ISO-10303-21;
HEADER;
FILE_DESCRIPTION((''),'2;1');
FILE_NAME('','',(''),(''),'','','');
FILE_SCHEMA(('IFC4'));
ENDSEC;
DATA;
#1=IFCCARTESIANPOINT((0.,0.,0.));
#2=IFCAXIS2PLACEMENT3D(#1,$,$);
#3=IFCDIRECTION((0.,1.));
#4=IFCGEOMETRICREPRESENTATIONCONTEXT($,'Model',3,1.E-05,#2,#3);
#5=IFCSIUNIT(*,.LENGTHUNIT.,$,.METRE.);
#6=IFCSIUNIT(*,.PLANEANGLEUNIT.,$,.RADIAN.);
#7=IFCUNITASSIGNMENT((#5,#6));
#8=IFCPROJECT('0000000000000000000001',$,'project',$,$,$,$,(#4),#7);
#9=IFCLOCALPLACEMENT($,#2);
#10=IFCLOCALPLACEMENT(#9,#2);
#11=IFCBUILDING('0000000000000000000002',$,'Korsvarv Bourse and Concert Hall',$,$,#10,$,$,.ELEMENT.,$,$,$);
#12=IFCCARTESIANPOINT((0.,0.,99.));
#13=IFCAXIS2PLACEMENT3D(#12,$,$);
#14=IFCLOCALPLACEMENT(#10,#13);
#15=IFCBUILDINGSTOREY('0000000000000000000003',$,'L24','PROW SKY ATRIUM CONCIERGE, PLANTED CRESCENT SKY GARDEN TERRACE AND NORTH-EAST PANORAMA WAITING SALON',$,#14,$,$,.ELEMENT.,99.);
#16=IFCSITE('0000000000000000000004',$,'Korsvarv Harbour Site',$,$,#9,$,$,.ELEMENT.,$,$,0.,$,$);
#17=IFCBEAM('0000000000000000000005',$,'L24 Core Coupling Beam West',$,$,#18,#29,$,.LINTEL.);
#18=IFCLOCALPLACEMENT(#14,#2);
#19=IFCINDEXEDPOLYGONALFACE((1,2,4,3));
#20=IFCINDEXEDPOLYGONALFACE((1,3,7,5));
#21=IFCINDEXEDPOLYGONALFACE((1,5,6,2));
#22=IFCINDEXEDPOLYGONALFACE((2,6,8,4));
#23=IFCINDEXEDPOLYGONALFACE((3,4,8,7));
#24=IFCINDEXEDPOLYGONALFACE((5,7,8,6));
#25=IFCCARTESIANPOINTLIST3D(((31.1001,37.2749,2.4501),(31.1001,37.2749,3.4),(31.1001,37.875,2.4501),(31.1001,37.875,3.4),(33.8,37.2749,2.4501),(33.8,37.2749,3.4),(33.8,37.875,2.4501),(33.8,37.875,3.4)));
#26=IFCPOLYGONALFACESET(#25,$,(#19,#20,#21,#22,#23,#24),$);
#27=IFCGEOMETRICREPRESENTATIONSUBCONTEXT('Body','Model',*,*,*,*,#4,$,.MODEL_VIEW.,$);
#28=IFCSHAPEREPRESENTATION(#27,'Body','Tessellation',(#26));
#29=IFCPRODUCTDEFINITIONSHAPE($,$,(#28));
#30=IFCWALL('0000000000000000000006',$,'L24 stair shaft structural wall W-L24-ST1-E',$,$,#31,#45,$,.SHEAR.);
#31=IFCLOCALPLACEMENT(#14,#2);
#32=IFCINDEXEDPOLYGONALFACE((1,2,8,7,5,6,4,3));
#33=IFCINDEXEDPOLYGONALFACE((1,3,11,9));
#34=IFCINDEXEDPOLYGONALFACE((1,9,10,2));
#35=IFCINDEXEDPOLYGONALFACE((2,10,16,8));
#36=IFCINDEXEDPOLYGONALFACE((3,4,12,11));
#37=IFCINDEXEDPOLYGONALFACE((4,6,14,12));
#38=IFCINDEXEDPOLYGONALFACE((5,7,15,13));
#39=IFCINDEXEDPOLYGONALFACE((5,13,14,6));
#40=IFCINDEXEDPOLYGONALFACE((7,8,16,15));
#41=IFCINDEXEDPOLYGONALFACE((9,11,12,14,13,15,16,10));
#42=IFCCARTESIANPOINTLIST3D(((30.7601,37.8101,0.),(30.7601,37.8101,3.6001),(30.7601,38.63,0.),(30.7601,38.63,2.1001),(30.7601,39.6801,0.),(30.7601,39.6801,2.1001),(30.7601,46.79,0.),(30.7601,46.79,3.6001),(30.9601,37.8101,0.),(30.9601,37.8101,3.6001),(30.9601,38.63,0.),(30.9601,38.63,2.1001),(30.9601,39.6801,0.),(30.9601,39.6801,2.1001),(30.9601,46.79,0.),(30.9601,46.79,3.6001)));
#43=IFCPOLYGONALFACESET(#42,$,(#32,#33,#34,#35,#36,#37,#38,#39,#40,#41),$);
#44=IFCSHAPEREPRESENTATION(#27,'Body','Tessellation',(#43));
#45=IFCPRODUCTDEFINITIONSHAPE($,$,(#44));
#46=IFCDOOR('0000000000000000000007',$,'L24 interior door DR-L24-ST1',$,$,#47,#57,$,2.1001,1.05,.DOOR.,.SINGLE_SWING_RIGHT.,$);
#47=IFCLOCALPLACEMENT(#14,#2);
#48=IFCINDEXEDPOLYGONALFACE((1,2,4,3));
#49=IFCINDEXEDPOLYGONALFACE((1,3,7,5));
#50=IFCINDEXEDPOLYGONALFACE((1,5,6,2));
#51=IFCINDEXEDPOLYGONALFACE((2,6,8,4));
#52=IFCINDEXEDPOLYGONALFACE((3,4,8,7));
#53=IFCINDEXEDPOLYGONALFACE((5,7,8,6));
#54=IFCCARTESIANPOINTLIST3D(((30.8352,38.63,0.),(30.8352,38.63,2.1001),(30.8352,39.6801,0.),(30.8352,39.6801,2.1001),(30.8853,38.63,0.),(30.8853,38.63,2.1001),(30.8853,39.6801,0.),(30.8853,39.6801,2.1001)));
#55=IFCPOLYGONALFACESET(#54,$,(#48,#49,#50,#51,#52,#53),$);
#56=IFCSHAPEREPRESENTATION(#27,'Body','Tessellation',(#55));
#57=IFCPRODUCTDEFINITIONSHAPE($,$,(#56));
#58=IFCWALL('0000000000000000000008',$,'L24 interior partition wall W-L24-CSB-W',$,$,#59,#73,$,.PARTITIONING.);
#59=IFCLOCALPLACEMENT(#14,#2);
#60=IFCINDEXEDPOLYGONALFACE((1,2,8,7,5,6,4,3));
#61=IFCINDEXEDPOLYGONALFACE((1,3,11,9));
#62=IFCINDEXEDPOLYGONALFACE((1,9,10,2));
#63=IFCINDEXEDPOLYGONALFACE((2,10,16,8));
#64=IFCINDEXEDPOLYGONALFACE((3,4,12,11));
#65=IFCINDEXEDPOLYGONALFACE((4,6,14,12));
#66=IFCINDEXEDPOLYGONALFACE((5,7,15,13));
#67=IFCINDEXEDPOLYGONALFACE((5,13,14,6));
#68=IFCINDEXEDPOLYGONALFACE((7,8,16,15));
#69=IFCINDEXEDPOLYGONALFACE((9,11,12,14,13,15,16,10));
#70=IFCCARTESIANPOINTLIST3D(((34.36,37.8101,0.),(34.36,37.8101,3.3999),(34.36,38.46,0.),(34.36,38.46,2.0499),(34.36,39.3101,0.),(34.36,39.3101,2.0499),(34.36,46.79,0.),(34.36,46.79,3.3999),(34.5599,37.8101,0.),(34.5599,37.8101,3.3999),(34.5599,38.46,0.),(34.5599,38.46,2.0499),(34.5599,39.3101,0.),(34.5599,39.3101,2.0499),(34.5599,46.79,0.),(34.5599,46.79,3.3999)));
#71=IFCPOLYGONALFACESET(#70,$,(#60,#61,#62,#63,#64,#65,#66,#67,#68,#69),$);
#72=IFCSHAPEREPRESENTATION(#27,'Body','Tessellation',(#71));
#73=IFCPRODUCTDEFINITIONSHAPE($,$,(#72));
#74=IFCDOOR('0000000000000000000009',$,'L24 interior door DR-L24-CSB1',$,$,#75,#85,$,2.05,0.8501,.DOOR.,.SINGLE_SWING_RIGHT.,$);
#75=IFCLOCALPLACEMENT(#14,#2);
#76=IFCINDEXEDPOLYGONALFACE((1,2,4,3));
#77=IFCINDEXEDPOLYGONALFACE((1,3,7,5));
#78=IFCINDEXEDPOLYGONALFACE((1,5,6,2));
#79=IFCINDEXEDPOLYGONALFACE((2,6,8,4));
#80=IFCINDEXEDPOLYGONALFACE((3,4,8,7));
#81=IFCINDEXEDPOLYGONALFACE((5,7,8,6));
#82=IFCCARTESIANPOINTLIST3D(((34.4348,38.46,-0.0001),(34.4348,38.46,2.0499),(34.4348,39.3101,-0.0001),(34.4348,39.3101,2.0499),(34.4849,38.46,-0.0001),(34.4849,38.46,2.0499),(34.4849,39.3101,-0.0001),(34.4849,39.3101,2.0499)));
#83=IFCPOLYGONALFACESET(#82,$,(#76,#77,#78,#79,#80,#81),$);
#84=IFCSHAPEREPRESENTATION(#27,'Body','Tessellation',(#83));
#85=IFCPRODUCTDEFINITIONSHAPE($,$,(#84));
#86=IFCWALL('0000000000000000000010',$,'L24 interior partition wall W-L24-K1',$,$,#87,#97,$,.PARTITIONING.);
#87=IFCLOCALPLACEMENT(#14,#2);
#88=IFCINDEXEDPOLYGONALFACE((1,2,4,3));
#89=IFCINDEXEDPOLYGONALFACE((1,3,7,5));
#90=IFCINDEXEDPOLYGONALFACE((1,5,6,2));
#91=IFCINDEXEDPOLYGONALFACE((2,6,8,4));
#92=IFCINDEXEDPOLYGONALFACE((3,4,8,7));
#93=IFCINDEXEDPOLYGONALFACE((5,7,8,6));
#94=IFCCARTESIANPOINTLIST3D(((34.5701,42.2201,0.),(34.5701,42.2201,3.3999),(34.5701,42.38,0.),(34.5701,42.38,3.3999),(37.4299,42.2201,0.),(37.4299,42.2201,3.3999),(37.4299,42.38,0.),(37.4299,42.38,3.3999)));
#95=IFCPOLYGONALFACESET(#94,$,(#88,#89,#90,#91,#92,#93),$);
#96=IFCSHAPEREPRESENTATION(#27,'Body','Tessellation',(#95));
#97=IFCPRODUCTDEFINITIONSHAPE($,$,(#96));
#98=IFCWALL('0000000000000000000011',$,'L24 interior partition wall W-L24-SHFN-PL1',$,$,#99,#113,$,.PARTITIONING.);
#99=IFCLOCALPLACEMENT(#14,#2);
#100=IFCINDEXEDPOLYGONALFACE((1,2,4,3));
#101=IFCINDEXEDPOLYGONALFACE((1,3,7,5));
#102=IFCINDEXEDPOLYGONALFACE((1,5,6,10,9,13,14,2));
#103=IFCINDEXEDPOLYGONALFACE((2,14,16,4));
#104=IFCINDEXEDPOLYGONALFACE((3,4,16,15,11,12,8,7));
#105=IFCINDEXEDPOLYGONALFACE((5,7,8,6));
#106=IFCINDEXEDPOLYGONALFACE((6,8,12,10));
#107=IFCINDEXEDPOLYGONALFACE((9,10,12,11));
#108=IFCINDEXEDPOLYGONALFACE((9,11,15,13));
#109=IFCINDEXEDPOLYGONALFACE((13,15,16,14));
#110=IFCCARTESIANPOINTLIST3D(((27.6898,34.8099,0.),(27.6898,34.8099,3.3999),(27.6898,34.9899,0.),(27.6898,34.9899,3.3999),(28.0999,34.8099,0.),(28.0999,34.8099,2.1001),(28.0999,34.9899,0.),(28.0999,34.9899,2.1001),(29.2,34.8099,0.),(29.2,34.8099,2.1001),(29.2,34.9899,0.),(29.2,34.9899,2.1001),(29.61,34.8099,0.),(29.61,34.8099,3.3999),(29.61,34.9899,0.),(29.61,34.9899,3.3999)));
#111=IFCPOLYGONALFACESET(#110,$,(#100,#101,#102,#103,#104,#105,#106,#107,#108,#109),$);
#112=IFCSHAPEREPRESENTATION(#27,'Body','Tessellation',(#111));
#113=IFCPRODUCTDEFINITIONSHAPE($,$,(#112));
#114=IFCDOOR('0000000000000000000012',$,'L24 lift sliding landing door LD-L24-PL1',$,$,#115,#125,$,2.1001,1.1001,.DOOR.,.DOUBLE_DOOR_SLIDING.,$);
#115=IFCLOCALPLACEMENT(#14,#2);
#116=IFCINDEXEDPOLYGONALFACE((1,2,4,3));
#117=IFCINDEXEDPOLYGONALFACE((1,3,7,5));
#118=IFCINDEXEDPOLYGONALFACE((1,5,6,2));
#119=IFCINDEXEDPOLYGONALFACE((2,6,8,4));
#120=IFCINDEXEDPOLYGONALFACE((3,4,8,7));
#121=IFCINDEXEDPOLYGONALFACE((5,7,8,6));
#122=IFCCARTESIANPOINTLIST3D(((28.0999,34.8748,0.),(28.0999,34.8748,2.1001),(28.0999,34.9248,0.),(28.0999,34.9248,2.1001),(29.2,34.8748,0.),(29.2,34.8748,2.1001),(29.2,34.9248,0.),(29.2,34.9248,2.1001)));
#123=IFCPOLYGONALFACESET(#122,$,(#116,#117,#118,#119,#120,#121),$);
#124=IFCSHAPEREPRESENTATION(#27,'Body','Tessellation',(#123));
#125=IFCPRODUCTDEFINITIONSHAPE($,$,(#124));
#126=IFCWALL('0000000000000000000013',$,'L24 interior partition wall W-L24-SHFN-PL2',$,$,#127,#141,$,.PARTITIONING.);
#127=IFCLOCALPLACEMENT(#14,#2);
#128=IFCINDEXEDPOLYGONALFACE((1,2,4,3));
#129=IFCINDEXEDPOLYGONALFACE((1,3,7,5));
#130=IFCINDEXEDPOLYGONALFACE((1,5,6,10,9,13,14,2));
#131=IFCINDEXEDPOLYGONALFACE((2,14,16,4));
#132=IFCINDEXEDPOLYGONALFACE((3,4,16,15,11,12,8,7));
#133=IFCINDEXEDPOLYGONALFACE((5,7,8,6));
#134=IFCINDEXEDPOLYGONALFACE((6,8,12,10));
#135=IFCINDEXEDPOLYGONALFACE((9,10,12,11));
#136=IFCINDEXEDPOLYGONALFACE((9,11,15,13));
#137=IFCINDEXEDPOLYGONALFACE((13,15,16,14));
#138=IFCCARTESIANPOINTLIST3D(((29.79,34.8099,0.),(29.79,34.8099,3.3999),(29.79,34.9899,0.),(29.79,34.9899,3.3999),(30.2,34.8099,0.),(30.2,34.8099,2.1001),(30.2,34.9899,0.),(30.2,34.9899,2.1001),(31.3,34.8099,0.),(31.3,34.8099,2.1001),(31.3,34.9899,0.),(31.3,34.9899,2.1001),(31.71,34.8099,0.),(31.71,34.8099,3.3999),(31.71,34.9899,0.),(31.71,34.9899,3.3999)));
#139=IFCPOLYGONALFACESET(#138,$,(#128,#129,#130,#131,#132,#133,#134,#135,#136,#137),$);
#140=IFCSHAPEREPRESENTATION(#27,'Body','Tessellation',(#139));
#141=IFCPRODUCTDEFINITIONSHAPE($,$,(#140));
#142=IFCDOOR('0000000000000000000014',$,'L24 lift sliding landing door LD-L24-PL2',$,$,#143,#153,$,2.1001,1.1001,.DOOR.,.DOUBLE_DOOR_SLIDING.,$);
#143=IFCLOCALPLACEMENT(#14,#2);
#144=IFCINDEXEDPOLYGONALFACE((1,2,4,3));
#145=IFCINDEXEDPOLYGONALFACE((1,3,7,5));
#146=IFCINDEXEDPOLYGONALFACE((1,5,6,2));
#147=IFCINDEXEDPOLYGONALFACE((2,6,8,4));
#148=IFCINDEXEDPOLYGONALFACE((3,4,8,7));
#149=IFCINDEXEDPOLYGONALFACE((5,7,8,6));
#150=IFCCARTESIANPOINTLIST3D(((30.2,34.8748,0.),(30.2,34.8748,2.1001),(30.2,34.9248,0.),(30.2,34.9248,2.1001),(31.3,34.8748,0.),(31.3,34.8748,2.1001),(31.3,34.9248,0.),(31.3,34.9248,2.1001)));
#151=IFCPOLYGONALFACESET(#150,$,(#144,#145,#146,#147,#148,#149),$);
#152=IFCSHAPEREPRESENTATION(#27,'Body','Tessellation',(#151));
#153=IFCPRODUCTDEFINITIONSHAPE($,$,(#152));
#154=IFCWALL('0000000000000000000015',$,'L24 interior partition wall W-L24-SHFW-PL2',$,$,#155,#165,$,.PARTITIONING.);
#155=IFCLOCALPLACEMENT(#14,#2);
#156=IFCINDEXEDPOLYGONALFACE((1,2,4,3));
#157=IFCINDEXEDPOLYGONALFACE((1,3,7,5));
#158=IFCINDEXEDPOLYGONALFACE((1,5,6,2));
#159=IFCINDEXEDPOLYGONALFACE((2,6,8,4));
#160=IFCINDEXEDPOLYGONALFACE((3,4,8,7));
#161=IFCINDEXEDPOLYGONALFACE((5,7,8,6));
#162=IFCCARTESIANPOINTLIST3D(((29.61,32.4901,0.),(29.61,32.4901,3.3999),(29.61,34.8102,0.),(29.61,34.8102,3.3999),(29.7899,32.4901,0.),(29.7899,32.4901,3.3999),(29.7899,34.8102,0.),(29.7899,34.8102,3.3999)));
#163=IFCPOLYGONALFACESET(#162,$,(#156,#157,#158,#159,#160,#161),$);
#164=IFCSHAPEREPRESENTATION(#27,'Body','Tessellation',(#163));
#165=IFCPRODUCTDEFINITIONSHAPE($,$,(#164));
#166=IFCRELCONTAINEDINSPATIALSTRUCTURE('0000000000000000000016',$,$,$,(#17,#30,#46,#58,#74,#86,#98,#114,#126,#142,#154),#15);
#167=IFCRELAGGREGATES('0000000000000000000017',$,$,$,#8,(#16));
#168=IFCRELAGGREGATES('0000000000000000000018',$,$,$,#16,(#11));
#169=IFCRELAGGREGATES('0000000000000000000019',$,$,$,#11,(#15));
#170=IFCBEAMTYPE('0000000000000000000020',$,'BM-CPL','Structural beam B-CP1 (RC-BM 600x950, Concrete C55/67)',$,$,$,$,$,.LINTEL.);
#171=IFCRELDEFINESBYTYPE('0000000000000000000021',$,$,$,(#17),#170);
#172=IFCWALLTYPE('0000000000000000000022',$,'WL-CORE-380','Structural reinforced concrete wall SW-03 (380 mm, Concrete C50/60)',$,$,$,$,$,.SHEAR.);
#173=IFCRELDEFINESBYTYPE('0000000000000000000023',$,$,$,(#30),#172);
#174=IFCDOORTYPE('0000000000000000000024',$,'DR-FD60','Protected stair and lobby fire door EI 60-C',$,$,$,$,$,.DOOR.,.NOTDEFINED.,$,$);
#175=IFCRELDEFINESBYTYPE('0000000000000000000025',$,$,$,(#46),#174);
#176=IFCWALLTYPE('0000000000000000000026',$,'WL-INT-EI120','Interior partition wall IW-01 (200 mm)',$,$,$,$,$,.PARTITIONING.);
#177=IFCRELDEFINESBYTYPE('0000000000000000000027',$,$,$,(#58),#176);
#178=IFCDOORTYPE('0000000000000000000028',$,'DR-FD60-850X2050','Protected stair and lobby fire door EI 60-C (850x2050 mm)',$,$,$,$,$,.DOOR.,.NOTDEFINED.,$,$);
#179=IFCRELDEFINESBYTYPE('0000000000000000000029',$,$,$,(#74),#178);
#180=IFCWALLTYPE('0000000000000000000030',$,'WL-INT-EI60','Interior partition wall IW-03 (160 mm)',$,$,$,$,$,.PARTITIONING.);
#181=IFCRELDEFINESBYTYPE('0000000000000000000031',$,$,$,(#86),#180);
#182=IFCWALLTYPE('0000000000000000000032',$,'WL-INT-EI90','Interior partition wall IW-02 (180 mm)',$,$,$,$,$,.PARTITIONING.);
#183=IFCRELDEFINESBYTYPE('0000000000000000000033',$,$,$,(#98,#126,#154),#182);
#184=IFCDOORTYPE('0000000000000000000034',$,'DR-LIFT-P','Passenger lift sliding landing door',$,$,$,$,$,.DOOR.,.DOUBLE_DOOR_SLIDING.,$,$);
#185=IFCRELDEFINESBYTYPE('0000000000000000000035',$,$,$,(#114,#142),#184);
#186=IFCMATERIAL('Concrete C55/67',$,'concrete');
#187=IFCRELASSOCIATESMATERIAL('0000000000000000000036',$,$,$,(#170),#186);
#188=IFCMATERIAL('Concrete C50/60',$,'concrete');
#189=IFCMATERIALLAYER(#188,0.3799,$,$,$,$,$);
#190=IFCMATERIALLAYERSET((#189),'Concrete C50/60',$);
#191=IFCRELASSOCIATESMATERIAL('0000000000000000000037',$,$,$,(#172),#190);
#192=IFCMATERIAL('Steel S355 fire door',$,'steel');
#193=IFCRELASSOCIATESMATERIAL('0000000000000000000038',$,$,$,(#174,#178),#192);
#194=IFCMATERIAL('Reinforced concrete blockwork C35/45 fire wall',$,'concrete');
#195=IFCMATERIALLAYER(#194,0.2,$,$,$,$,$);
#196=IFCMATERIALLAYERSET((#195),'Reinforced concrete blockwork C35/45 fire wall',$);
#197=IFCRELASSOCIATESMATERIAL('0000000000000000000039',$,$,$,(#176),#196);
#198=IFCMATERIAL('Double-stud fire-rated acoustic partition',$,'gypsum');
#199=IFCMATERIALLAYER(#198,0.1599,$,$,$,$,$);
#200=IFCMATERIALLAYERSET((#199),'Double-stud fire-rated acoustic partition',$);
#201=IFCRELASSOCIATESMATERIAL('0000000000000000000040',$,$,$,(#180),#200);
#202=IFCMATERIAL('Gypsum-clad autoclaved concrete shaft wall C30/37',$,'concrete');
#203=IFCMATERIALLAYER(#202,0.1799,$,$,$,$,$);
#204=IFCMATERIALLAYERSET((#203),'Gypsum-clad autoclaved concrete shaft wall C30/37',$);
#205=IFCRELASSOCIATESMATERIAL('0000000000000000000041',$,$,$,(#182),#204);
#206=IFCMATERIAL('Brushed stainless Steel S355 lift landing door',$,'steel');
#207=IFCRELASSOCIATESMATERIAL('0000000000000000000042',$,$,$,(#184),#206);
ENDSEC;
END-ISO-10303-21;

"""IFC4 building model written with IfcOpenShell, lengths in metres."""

from ifc_helpers import new_model, si_unit, direction, frame, frame_2d, origin, origin_2d, place, context, subcontext, project, spatial, rectangle, extrude, source, transform, mapped, material, layer, layer_set, material_profile, profile_set, type_object, element, fill, save


model = new_model("IFC4")

# Units and contexts
model_context = context("Model", 3, precision=1e-05, world=origin(), true_north=direction((0.0, 1.0)))
body_context = subcontext(model_context, "Body", "Model", "MODEL_VIEW")
ifc_project = project(units=[si_unit("LENGTHUNIT", "METRE"), si_unit("PLANEANGLEUNIT", "RADIAN")], contexts=[model_context])

# Site, building, storey
site_placement = place(None, origin())
site = spatial("IfcSite", under=ifc_project, at=site_placement, Name="Korsvarv Harbour Site", CompositionType="ELEMENT", RefElevation=0.0)
building_placement = place(site_placement, origin())
building = spatial("IfcBuilding", under=site, at=building_placement, Name="Korsvarv Bourse and Concert Hall", CompositionType="ELEMENT")
storey_placement = place(building_placement, frame((0.0, 0.0, 99.0)))
storey = spatial("IfcBuildingStorey", under=building, at=storey_placement, Name="L24", Description="PROW SKY ATRIUM CONCIERGE, PLANTED CRESCENT SKY GARDEN TERRACE AND NORTH-EAST PANORAMA WAITING SALON", CompositionType="ELEMENT", Elevation=99.0)

# Beam
ifc_material_1 = material(Name="Concrete C55/67", Category="concrete")
ifc_material_profile = material_profile(ifc_material_1, rectangle(XDim=0.6001, YDim=0.95, at=origin_2d()), Name="RC-BM 600x950")
ifc_profile_set = profile_set([ifc_material_profile], Name="Concrete C55/67")
beam_type = type_object("IfcBeamType", Name="BM-CPL", Description="Structural beam B-CP1 (RC-BM 600x950, Concrete C55/67)", PredefinedType="LINTEL", material=ifc_profile_set)
shared_shape = source(origin(), body_context, "Body", "SweptSolid", [
    extrude(rectangle(XDim=0.6001, YDim=0.95, at=origin_2d()), origin(), (0.0, 0.0, 1.0), 2.7),
])
beam_placement = place(storey_placement, frame((31.1001, 37.575, 2.925), z_axis=(1.0, 0.0, 0.0), x_axis=(0.0, 1.0, 0.0)))
element("IfcBeam", 1, at=beam_placement, inside=storey, type_object=beam_type, Name="L24 Core Coupling Beam West", PredefinedType="LINTEL", context=body_context, shape_type="MappedRepresentation", body=[
    mapped(shared_shape, transform((0.0, 0.0, 0.0), scale=1.0)),
])

# Walls, openings, doors
ifc_material_2 = material(Name="Concrete C50/60", Category="concrete")
ifc_layer_1 = layer(ifc_material_2, 0.3799)
ifc_layer_set_1 = layer_set([ifc_layer_1], Name="Concrete C50/60")
wall_type_1 = type_object("IfcWallType", Name="WL-CORE-380", Description="Structural reinforced concrete wall SW-03 (380 mm, Concrete C50/60)", PredefinedType="SHEAR", material=ifc_layer_set_1)
wall_1_placement = place(storey_placement, frame((30.8601, 37.8101, 0.0), z_axis=(0.0, 0.0, 1.0), x_axis=(0.0, 1.0, 0.0)))
wall_1 = element("IfcWall", 2, at=wall_1_placement, inside=storey, type_object=wall_type_1, Name="L24 stair shaft structural wall W-L24-ST1-E", PredefinedType="SHEAR", context=body_context, shape_type="SweptSolid", body=[
    extrude(rectangle(XDim=8.98, YDim=0.2, at=frame_2d((4.49, 0.0))), origin(), (0.0, 0.0, 1.0), 3.6001),
])
opening_1_placement = place(wall_1_placement, frame((0.8201, 0.0, 0.0)))
opening_1 = element("IfcOpeningElement", 3, at=opening_1_placement, cuts=wall_1, PredefinedType="OPENING", context=body_context, shape_type="SweptSolid", body=[
    extrude(rectangle(XDim=1.05, YDim=2.1001, at=frame_2d((0.5249, 1.05))), frame((0.0, 0.1099, 0.0), z_axis=(0.0, -1.0, 0.0), x_axis=(1.0, 0.0, 0.0)), (0.0, 0.0, 1.0), 0.22),
])
ifc_material_3 = material(Name="Steel S355 fire door", Category="steel")
door_type_1 = type_object("IfcDoorType", Name="DR-FD60", Description="Protected stair and lobby fire door EI 60-C", OperationType="NOTDEFINED", PredefinedType="DOOR", material=ifc_material_3)
door_1_placement = place(opening_1_placement, origin())
door_1 = element("IfcDoor", 4, at=door_1_placement, inside=storey, type_object=door_type_1, Name="L24 interior door DR-L24-ST1", OperationType="SINGLE_SWING_RIGHT", OverallHeight=2.1001, OverallWidth=1.05, PredefinedType="DOOR", context=body_context, shape_type="SweptSolid", body=[
    extrude(rectangle(XDim=1.05, YDim=2.1001, at=frame_2d((0.5249, 1.05))), frame((0.0, 0.0249, 0.0), z_axis=(0.0, -1.0, 0.0), x_axis=(1.0, 0.0, 0.0)), (0.0, 0.0, 1.0), 0.05),
])
fill(opening_1, door_1)
ifc_material_4 = material(Name="Reinforced concrete blockwork C35/45 fire wall", Category="concrete")
ifc_layer_2 = layer(ifc_material_4, 0.2)
ifc_layer_set_2 = layer_set([ifc_layer_2], Name="Reinforced concrete blockwork C35/45 fire wall")
wall_type_2 = type_object("IfcWallType", Name="WL-INT-EI120", Description="Interior partition wall IW-01 (200 mm)", PredefinedType="PARTITIONING", material=ifc_layer_set_2)
wall_2_placement = place(storey_placement, frame((34.46, 37.8101, 0.0), z_axis=(0.0, 0.0, 1.0), x_axis=(0.0, 1.0, 0.0)))
wall_2 = element("IfcWall", 5, at=wall_2_placement, inside=storey, type_object=wall_type_2, Name="L24 interior partition wall W-L24-CSB-W", PredefinedType="PARTITIONING", context=body_context, shape_type="SweptSolid", body=[
    extrude(rectangle(XDim=8.98, YDim=0.2, at=frame_2d((4.49, 0.0))), origin(), (0.0, 0.0, 1.0), 3.3999),
])
opening_2_placement = place(wall_2_placement, frame((0.6499, 0.0, 0.0)))
opening_2 = element("IfcOpeningElement", 6, at=opening_2_placement, cuts=wall_2, PredefinedType="OPENING", context=body_context, shape_type="SweptSolid", body=[
    extrude(rectangle(XDim=0.8501, YDim=2.05, at=frame_2d((0.425, 1.0249))), frame((0.0, 0.1099, 0.0), z_axis=(0.0, -1.0, 0.0), x_axis=(1.0, 0.0, 0.0)), (0.0, 0.0, 1.0), 0.22),
])
door_type_2 = type_object("IfcDoorType", Name="DR-FD60-850X2050", Description="Protected stair and lobby fire door EI 60-C (850x2050 mm)", OperationType="NOTDEFINED", PredefinedType="DOOR", material=ifc_material_3)
door_2_placement = place(opening_2_placement, frame((0.8501, 0.0, 0.0), z_axis=(0.0, 0.0, 1.0), x_axis=(-1.0, 0.0, 0.0)))
door_2 = element("IfcDoor", 7, at=door_2_placement, inside=storey, type_object=door_type_2, Name="L24 interior door DR-L24-CSB1", OperationType="SINGLE_SWING_RIGHT", OverallHeight=2.05, OverallWidth=0.8501, PredefinedType="DOOR", context=body_context, shape_type="SweptSolid", body=[
    extrude(rectangle(XDim=0.8501, YDim=2.05, at=frame_2d((0.425, 1.0249))), frame((0.0, 0.0249, 0.0), z_axis=(0.0, -1.0, 0.0), x_axis=(1.0, 0.0, 0.0)), (0.0, 0.0, 1.0), 0.05),
])
fill(opening_2, door_2)

# Wall
ifc_material_5 = material(Name="Double-stud fire-rated acoustic partition", Category="gypsum")
ifc_layer_3 = layer(ifc_material_5, 0.1599)
ifc_layer_set_3 = layer_set([ifc_layer_3], Name="Double-stud fire-rated acoustic partition")
wall_type_3 = type_object("IfcWallType", Name="WL-INT-EI60", Description="Interior partition wall IW-03 (160 mm)", PredefinedType="PARTITIONING", material=ifc_layer_set_3)
wall_3_placement = place(storey_placement, frame((34.5701, 42.3, 0.0), z_axis=(0.0, 0.0, 1.0), x_axis=(1.0, 0.0, 0.0)))
element("IfcWall", 8, at=wall_3_placement, inside=storey, type_object=wall_type_3, Name="L24 interior partition wall W-L24-K1", PredefinedType="PARTITIONING", context=body_context, shape_type="SweptSolid", body=[
    extrude(rectangle(XDim=2.8599, YDim=0.1599, at=frame_2d((1.4299, 0.0))), origin(), (0.0, 0.0, 1.0), 3.3999),
])

# Walls, openings, doors
ifc_material_6 = material(Name="Gypsum-clad autoclaved concrete shaft wall C30/37", Category="concrete")
ifc_layer_4 = layer(ifc_material_6, 0.1799)
ifc_layer_set_4 = layer_set([ifc_layer_4], Name="Gypsum-clad autoclaved concrete shaft wall C30/37")
wall_type_4 = type_object("IfcWallType", Name="WL-INT-EI90", Description="Interior partition wall IW-02 (180 mm)", PredefinedType="PARTITIONING", material=ifc_layer_set_4)
wall_4_placement = place(storey_placement, frame((27.6899, 34.8999, 0.0), z_axis=(0.0, 0.0, 1.0), x_axis=(1.0, 0.0, 0.0)))
wall_4 = element("IfcWall", 9, at=wall_4_placement, inside=storey, type_object=wall_type_4, Name="L24 interior partition wall W-L24-SHFN-PL1", PredefinedType="PARTITIONING", context=body_context, shape_type="SweptSolid", body=[
    extrude(rectangle(XDim=1.9202, YDim=0.1799, at=frame_2d((0.96, 0.0))), origin(), (0.0, 0.0, 1.0), 3.3999),
])
opening_3_placement = place(wall_4_placement, frame((0.4099, 0.0, 0.0)))
opening_3 = element("IfcOpeningElement", 10, at=opening_3_placement, cuts=wall_4, PredefinedType="OPENING", context=body_context, shape_type="SweptSolid", body=[
    extrude(rectangle(XDim=1.1001, YDim=2.1001, at=frame_2d((0.55, 1.05))), frame((0.0, 0.1001, 0.0), z_axis=(0.0, -1.0, 0.0), x_axis=(1.0, 0.0, 0.0)), (0.0, 0.0, 1.0), 0.2),
])
ifc_material_7 = material(Name="Brushed stainless Steel S355 lift landing door", Category="steel")
door_type_3 = type_object("IfcDoorType", Name="DR-LIFT-P", Description="Passenger lift sliding landing door", OperationType="DOUBLE_DOOR_SLIDING", PredefinedType="DOOR", material=ifc_material_7)
door_3_placement = place(opening_3_placement, origin())
door_3 = element("IfcDoor", 11, at=door_3_placement, inside=storey, type_object=door_type_3, Name="L24 lift sliding landing door LD-L24-PL1", OperationType="DOUBLE_DOOR_SLIDING", OverallHeight=2.1001, OverallWidth=1.1001, PredefinedType="DOOR", context=body_context, shape_type="SweptSolid", body=[
    extrude(rectangle(XDim=1.1001, YDim=2.1001, at=frame_2d((0.55, 1.05))), frame((0.0, 0.0249, 0.0), z_axis=(0.0, -1.0, 0.0), x_axis=(1.0, 0.0, 0.0)), (0.0, 0.0, 1.0), 0.05),
])
fill(opening_3, door_3)
wall_5_placement = place(storey_placement, frame((29.79, 34.8999, 0.0), z_axis=(0.0, 0.0, 1.0), x_axis=(1.0, 0.0, 0.0)))
wall_5 = element("IfcWall", 12, at=wall_5_placement, inside=storey, type_object=wall_type_4, Name="L24 interior partition wall W-L24-SHFN-PL2", PredefinedType="PARTITIONING", context=body_context, shape_type="SweptSolid", body=[
    extrude(rectangle(XDim=1.9199, YDim=0.1799, at=frame_2d((0.96, 0.0))), origin(), (0.0, 0.0, 1.0), 3.3999),
])
opening_4_placement = place(wall_5_placement, frame((0.4099, 0.0, 0.0)))
opening_4 = element("IfcOpeningElement", 13, at=opening_4_placement, cuts=wall_5, PredefinedType="OPENING", context=body_context, shape_type="SweptSolid", body=[
    extrude(rectangle(XDim=1.1001, YDim=2.1001, at=frame_2d((0.55, 1.05))), frame((0.0, 0.1001, 0.0), z_axis=(0.0, -1.0, 0.0), x_axis=(1.0, 0.0, 0.0)), (0.0, 0.0, 1.0), 0.2),
])
door_4_placement = place(opening_4_placement, origin())
door_4 = element("IfcDoor", 14, at=door_4_placement, inside=storey, type_object=door_type_3, Name="L24 lift sliding landing door LD-L24-PL2", OperationType="DOUBLE_DOOR_SLIDING", OverallHeight=2.1001, OverallWidth=1.1001, PredefinedType="DOOR", context=body_context, shape_type="SweptSolid", body=[
    extrude(rectangle(XDim=1.1001, YDim=2.1001, at=frame_2d((0.55, 1.05))), frame((0.0, 0.0249, 0.0), z_axis=(0.0, -1.0, 0.0), x_axis=(1.0, 0.0, 0.0)), (0.0, 0.0, 1.0), 0.05),
])
fill(opening_4, door_4)

# Wall
wall_6_placement = place(storey_placement, frame((29.7, 32.49, 0.0), z_axis=(0.0, 0.0, 1.0), x_axis=(0.0, 1.0, 0.0)))
element("IfcWall", 15, at=wall_6_placement, inside=storey, type_object=wall_type_4, Name="L24 interior partition wall W-L24-SHFW-PL2", PredefinedType="PARTITIONING", context=body_context, shape_type="SweptSolid", body=[
    extrude(rectangle(XDim=2.3201, YDim=0.1799, at=frame_2d((1.1602, 0.0))), origin(), (0.0, 0.0, 1.0), 3.3999),
])

save(model, "model.ifc")
